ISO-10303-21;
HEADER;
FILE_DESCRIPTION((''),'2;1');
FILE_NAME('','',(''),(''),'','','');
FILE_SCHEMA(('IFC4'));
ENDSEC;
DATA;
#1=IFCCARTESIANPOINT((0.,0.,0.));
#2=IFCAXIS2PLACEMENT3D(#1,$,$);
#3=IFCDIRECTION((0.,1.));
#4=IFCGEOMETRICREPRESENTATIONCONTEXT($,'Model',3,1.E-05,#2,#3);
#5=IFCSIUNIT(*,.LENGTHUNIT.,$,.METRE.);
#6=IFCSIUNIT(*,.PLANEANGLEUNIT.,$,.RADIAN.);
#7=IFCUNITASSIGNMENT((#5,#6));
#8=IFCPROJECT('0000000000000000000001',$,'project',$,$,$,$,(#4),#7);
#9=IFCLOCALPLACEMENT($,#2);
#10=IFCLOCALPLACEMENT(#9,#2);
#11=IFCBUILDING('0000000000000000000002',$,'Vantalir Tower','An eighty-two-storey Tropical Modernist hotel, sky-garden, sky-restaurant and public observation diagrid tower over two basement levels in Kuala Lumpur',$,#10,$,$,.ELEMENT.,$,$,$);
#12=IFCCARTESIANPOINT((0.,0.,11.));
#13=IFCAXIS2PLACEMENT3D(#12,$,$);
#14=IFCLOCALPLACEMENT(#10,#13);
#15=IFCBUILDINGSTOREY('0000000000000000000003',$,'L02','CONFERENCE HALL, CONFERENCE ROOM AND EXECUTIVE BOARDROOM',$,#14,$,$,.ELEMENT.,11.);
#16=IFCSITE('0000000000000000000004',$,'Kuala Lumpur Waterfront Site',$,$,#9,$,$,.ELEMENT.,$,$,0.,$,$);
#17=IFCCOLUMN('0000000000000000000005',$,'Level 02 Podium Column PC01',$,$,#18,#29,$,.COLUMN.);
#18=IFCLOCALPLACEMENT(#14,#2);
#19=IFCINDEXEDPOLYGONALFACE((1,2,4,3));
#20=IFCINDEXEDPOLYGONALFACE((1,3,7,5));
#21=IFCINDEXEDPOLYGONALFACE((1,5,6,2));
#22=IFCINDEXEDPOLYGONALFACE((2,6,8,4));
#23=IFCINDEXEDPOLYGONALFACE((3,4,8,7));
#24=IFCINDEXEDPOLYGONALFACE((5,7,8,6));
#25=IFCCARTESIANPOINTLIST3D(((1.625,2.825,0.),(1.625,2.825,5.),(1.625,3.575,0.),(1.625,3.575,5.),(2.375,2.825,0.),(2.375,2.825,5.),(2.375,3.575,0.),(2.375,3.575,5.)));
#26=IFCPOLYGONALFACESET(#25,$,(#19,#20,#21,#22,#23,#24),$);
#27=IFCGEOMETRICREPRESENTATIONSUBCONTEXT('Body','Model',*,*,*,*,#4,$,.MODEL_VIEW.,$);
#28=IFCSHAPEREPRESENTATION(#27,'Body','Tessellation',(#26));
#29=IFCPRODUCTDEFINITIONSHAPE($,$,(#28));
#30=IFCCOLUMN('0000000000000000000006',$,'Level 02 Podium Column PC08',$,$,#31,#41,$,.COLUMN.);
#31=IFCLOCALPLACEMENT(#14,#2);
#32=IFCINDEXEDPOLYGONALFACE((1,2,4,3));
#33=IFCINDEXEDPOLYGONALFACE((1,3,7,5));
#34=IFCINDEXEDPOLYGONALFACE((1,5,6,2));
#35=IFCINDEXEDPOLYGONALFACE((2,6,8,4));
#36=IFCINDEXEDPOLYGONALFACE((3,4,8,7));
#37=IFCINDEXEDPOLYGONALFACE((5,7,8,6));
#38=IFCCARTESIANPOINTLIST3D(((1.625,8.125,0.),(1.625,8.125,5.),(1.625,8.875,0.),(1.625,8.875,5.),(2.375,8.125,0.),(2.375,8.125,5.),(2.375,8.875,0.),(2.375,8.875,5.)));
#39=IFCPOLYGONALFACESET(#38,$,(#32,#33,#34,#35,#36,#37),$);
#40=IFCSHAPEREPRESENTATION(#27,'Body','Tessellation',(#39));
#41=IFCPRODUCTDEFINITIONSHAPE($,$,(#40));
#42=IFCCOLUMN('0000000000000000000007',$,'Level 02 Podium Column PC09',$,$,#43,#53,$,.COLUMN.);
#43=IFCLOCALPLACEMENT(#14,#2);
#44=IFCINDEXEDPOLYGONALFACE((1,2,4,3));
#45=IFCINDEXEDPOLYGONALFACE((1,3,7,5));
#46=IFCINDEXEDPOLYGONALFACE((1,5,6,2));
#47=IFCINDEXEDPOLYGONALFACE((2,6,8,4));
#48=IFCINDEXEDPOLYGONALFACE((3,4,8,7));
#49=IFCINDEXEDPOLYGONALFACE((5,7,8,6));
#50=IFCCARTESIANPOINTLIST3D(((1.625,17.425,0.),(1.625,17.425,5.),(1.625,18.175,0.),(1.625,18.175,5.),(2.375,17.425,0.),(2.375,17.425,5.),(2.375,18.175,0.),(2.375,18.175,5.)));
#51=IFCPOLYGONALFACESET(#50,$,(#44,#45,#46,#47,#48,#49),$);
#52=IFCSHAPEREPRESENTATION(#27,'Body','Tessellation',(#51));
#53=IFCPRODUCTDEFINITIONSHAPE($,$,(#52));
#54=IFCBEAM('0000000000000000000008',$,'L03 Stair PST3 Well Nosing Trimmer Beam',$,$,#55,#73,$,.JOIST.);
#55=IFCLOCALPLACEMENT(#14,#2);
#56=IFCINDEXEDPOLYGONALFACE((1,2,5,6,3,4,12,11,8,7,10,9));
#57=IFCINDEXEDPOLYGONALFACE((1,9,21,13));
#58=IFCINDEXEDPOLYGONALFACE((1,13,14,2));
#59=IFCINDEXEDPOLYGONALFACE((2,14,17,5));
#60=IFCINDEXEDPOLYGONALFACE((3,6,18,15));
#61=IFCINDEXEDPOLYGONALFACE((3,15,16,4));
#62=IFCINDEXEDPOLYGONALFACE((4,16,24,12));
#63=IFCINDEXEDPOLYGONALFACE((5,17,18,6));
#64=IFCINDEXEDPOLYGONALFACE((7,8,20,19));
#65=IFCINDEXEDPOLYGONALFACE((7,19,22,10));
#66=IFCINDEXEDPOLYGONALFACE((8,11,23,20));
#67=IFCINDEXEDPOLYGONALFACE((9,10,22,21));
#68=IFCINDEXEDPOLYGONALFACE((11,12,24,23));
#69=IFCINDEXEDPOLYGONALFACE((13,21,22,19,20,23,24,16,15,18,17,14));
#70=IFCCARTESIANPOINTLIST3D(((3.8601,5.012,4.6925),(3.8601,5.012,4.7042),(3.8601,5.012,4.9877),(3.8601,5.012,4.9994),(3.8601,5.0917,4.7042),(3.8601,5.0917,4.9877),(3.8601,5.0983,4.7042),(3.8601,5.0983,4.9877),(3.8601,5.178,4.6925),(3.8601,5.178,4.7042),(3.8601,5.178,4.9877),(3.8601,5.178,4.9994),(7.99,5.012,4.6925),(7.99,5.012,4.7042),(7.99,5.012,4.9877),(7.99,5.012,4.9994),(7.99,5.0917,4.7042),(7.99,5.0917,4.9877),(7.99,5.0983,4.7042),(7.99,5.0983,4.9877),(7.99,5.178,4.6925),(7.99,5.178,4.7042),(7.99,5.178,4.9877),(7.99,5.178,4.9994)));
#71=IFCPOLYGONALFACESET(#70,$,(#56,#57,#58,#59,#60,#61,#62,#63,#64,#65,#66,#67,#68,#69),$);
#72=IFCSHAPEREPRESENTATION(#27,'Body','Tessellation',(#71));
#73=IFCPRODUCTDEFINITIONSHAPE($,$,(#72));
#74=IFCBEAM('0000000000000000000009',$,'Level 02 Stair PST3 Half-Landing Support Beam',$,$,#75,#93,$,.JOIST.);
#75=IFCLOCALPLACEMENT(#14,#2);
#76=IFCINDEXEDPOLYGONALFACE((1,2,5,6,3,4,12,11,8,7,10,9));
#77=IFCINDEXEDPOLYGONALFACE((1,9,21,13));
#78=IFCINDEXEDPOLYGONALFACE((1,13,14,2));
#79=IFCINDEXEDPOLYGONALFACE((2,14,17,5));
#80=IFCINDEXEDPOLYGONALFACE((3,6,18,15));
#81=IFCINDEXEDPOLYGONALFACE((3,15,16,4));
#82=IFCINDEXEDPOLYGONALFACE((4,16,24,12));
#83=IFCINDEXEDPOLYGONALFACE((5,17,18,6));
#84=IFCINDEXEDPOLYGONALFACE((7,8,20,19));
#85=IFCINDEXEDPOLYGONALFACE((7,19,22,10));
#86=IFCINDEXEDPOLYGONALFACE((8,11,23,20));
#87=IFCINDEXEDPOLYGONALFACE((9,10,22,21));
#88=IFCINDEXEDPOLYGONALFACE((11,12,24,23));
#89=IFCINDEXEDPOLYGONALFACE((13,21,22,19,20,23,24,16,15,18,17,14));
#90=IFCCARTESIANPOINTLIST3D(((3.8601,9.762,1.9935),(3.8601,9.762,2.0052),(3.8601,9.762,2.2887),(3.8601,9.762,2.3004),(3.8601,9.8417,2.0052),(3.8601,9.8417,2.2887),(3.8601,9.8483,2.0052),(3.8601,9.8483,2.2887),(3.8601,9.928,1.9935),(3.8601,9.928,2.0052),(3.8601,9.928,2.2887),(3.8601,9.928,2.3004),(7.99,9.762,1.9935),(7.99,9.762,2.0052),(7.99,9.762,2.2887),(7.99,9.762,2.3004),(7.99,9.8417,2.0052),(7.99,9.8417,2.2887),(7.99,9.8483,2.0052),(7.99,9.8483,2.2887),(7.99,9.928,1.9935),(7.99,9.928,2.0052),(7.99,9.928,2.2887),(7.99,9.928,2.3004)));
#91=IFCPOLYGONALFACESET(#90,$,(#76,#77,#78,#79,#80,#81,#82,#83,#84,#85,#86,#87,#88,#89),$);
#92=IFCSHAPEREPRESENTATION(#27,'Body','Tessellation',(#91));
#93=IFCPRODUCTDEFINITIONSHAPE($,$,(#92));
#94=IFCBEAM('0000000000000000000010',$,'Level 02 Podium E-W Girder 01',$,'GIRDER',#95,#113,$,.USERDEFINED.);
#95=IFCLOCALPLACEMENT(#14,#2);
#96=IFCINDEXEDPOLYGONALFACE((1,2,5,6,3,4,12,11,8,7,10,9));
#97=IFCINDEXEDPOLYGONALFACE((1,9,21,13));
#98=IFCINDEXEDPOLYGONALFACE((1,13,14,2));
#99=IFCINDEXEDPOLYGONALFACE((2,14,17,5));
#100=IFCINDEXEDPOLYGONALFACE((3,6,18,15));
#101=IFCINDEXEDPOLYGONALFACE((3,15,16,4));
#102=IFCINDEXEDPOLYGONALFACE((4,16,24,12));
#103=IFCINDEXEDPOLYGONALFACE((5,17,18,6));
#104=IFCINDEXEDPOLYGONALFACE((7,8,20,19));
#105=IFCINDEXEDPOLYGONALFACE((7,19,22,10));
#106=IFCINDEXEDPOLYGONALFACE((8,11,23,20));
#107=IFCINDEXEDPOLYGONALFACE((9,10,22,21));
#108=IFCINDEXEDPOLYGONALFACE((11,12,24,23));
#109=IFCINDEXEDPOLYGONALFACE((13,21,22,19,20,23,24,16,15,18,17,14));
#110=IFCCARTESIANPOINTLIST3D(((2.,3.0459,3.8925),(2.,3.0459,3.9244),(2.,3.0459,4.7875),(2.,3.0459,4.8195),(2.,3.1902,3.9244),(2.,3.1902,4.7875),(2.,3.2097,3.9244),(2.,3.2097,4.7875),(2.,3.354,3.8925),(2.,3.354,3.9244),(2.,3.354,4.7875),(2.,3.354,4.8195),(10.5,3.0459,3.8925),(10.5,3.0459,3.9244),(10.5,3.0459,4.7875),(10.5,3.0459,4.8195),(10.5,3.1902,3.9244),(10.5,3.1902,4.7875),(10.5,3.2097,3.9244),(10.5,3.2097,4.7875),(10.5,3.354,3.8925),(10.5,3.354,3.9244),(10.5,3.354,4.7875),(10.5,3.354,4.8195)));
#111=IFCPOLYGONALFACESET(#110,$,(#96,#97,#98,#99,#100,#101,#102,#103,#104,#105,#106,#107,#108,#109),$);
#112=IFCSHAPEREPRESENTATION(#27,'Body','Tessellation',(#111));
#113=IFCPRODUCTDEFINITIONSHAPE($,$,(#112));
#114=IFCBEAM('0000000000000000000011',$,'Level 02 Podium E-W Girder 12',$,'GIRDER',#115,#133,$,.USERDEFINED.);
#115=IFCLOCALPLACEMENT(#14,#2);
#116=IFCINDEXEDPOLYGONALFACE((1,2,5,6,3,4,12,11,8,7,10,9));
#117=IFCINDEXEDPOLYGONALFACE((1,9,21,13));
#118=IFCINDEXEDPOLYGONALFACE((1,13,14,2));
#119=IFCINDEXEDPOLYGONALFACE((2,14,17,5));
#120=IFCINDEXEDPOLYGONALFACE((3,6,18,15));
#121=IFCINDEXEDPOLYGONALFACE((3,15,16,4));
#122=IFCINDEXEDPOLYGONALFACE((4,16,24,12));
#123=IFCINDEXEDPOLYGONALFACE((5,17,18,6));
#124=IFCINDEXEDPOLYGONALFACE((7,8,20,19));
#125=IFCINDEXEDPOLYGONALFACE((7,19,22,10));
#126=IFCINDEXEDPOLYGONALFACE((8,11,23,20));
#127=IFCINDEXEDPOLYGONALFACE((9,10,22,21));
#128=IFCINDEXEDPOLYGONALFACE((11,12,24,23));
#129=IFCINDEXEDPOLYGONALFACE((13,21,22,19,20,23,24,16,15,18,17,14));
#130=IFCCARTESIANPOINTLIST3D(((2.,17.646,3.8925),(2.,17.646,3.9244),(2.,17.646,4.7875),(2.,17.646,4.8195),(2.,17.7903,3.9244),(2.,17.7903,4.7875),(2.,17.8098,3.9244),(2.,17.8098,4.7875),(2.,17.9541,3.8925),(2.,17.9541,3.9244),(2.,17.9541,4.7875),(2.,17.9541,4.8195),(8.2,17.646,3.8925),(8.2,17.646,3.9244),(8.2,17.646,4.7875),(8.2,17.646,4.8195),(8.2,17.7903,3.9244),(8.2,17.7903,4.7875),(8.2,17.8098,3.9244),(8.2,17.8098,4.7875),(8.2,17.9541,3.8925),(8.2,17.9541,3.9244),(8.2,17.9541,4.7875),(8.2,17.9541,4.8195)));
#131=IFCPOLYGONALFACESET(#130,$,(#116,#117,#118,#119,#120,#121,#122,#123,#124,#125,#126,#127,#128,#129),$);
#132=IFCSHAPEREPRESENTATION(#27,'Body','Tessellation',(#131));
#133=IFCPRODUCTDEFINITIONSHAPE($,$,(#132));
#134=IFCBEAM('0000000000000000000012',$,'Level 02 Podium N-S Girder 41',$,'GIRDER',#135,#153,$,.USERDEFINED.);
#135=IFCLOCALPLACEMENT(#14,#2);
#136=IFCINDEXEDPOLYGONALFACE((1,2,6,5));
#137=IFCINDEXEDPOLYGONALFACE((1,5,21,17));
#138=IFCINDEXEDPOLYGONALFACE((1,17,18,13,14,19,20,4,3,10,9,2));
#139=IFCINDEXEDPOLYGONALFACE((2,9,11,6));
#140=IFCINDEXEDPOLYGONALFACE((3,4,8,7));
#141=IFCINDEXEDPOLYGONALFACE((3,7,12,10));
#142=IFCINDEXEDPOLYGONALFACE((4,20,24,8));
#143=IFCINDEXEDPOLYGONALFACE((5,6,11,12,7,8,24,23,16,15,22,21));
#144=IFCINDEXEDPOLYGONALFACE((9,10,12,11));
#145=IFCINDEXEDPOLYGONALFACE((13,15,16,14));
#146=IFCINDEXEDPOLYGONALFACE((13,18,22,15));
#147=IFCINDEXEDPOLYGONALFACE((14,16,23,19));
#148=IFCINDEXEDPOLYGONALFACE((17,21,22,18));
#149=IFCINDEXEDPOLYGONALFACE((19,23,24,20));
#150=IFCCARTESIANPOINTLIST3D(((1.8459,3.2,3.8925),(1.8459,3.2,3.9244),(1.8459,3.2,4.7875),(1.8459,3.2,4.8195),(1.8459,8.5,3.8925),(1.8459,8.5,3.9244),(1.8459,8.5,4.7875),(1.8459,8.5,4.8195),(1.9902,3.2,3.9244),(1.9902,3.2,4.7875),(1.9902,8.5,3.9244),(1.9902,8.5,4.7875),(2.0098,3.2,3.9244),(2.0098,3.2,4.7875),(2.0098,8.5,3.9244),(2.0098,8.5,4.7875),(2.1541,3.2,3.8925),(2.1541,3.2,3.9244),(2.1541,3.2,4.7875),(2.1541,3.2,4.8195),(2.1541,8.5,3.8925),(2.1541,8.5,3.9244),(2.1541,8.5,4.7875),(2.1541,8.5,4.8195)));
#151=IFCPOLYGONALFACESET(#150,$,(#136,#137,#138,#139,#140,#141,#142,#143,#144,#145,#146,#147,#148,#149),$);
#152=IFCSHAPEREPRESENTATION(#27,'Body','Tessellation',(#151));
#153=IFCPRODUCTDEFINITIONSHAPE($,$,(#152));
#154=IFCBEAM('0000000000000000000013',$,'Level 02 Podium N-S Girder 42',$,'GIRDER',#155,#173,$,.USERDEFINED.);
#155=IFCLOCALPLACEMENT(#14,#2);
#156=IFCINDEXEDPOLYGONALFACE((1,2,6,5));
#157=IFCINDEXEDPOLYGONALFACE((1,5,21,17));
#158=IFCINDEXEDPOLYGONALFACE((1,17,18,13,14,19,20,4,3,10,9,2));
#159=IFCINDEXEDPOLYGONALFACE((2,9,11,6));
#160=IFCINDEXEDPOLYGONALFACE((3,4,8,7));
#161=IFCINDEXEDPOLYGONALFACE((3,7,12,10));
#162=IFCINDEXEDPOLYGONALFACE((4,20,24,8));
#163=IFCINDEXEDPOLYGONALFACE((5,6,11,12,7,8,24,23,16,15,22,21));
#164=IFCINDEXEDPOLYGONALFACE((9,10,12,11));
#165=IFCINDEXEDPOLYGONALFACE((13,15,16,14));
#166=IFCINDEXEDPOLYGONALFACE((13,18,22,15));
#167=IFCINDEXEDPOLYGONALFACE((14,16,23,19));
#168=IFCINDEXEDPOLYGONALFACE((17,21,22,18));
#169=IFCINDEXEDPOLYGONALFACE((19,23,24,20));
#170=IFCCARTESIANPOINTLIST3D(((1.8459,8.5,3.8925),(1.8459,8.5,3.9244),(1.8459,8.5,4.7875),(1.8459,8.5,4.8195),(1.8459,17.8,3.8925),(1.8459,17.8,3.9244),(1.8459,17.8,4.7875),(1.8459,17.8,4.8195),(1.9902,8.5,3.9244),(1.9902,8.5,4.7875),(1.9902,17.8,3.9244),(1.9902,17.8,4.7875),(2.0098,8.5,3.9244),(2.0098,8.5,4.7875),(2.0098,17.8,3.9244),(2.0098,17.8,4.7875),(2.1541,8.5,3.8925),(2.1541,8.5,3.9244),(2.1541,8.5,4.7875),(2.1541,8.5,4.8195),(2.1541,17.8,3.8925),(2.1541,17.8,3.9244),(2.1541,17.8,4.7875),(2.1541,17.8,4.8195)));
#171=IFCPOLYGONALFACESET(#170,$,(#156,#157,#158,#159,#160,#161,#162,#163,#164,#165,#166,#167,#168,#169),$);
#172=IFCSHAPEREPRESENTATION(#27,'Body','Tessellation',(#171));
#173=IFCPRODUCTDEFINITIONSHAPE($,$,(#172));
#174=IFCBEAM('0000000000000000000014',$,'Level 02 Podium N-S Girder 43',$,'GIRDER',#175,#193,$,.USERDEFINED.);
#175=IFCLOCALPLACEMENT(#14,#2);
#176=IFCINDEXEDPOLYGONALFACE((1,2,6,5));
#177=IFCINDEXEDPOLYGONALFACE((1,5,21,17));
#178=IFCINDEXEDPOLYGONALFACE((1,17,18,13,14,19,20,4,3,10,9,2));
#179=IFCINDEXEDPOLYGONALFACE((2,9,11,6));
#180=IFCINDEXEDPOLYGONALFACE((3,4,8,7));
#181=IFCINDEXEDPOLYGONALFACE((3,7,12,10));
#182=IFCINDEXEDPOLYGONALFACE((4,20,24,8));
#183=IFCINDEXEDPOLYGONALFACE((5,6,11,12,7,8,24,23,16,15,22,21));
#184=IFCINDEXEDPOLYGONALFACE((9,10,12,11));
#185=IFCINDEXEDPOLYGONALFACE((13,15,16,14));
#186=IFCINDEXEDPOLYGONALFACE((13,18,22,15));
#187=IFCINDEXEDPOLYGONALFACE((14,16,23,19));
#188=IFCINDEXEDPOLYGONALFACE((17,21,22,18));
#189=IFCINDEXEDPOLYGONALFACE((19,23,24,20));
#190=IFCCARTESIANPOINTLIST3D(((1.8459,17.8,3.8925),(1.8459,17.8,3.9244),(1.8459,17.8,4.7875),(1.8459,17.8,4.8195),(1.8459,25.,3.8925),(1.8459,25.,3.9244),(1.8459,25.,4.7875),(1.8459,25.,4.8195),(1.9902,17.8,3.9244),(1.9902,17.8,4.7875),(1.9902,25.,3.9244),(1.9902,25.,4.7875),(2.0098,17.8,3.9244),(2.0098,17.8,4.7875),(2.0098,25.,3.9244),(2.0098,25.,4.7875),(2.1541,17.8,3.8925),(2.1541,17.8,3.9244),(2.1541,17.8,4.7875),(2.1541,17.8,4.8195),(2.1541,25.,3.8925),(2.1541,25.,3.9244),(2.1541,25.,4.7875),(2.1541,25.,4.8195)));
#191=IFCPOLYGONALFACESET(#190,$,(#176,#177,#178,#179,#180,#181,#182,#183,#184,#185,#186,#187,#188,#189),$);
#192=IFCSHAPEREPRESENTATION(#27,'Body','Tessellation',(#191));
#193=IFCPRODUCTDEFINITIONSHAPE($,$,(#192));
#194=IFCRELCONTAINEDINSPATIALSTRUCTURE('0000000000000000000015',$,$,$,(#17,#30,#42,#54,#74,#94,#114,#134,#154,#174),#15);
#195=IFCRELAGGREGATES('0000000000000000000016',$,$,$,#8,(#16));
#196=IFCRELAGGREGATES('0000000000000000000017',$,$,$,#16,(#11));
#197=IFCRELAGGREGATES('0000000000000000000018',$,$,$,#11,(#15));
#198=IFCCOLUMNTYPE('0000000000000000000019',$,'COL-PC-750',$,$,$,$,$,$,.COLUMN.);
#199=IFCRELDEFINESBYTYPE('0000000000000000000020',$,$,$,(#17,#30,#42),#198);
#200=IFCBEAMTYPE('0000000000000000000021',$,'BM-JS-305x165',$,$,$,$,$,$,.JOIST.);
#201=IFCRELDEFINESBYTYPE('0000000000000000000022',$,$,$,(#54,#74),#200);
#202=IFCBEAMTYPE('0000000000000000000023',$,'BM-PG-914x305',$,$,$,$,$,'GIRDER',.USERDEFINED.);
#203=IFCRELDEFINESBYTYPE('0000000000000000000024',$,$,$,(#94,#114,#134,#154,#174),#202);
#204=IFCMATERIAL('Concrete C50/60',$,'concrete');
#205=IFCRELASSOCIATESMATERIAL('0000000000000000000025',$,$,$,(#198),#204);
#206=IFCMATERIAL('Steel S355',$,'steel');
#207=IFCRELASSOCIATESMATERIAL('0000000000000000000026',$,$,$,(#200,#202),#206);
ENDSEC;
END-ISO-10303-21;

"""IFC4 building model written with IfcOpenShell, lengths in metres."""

from ifc_helpers import new_model, si_unit, direction, frame, origin, origin_2d, place, context, subcontext, project, spatial, rectangle, i_section, extrude, material, material_profile, profile_set, type_object, element, save


model = new_model("IFC4")

# Units and contexts
model_context = context("Model", 3, precision=1e-05, world=origin(), true_north=direction((0.0, 1.0)))
body_context = subcontext(model_context, "Body", "Model", "MODEL_VIEW")
ifc_project = project(units=[si_unit("LENGTHUNIT", "METRE"), si_unit("PLANEANGLEUNIT", "RADIAN")], contexts=[model_context])

# Site, building, storey
site_placement = place(None, origin())
site = spatial("IfcSite", under=ifc_project, at=site_placement, Name="Kuala Lumpur Waterfront Site", CompositionType="ELEMENT", RefElevation=0.0)
building_placement = place(site_placement, origin())
building = spatial("IfcBuilding", under=site, at=building_placement, Name="Vantalir Tower", Description="An eighty-two-storey Tropical Modernist hotel, sky-garden, sky-restaurant and public observation diagrid tower over two basement levels in Kuala Lumpur", CompositionType="ELEMENT")
storey_placement = place(building_placement, frame((0.0, 0.0, 11.0)))
storey = spatial("IfcBuildingStorey", under=building, at=storey_placement, Name="L02", Description="CONFERENCE HALL, CONFERENCE ROOM AND EXECUTIVE BOARDROOM", CompositionType="ELEMENT", Elevation=11.0)

# Columns
ifc_material_1 = material(Name="Concrete C50/60", Category="concrete")
ifc_material_profile_1 = material_profile(ifc_material_1, rectangle(XDim=0.75, YDim=0.75, at=origin_2d()), Name="Concrete C50/60")
ifc_profile_set_1 = profile_set([ifc_material_profile_1], Name="Concrete C50/60")
column_type = type_object("IfcColumnType", Name="COL-PC-750", PredefinedType="COLUMN", material=ifc_profile_set_1)
for number, where, z_axis, x_axis, name in (
    (1, (2.0, 3.2, 0.0), (0.0, 0.0, 1.0), (1.0, 0.0, 0.0), "Level 02 Podium Column PC01"),
    (2, (2.0, 8.5, 0.0), (0.0, 0.0, 1.0), (1.0, 0.0, 0.0), "Level 02 Podium Column PC08"),
    (3, (2.0, 17.8, 0.0), (0.0, 0.0, 1.0), (1.0, 0.0, 0.0), "Level 02 Podium Column PC09"),
):
    element("IfcColumn", number, at=place(storey_placement, frame(where, z_axis=z_axis, x_axis=x_axis)), inside=storey, type_object=column_type, Name=name, PredefinedType="COLUMN", context=body_context, shape_type="SweptSolid", body=[
        extrude(rectangle(XDim=0.75, YDim=0.75, at=origin_2d()), origin(), (0.0, 0.0, 1.0), 5.0),
    ])

# Beams
ifc_material_2 = material(Name="Steel S355", Category="steel")
ifc_material_profile_2 = material_profile(ifc_material_2, i_section(OverallWidth=0.166, OverallDepth=0.3069, WebThickness=0.0066, FlangeThickness=0.0117, at=origin_2d()), Name="Steel S355")
ifc_profile_set_2 = profile_set([ifc_material_profile_2], Name="Steel S355")
beam_type_1 = type_object("IfcBeamType", Name="BM-JS-305x165", PredefinedType="JOIST", material=ifc_profile_set_2)
for number, where, z_axis, x_axis, name in (
    (4, (3.8601, 5.095, 4.8459), (1.0, 0.0, 0.0), (0.0, 1.0, 0.0), "L03 Stair PST3 Well Nosing Trimmer Beam"),
    (5, (3.8601, 9.845, 2.147), (1.0, 0.0, 0.0), (0.0, 1.0, 0.0), "Level 02 Stair PST3 Half-Landing Support Beam"),
):
    element("IfcBeam", number, at=place(storey_placement, frame(where, z_axis=z_axis, x_axis=x_axis)), inside=storey, type_object=beam_type_1, Name=name, PredefinedType="JOIST", context=body_context, shape_type="SweptSolid", body=[
        extrude(i_section(OverallWidth=0.166, OverallDepth=0.3069, WebThickness=0.0066, FlangeThickness=0.0117, at=origin_2d()), origin(), (0.0, 0.0, 1.0), 4.1299),
    ])
ifc_material_profile_3 = material_profile(ifc_material_2, i_section(OverallWidth=0.3081, OverallDepth=0.927, WebThickness=0.0195, FlangeThickness=0.032, at=origin_2d()), Name="Steel S355")
ifc_profile_set_3 = profile_set([ifc_material_profile_3], Name="Steel S355")
beam_type_2 = type_object("IfcBeamType", Name="BM-PG-914x305", ElementType="GIRDER", PredefinedType="USERDEFINED", material=ifc_profile_set_3)
beam_1_placement = place(storey_placement, frame((2.0, 3.2, 4.356), z_axis=(1.0, 0.0, 0.0), x_axis=(0.0, 1.0, 0.0)))
element("IfcBeam", 6, at=beam_1_placement, inside=storey, type_object=beam_type_2, Name="Level 02 Podium E-W Girder 01", ObjectType="GIRDER", PredefinedType="USERDEFINED", context=body_context, shape_type="SweptSolid", body=[
    extrude(i_section(OverallWidth=0.3081, OverallDepth=0.927, WebThickness=0.0195, FlangeThickness=0.032, at=origin_2d()), origin(), (0.0, 0.0, 1.0), 8.5),
])
beam_2_placement = place(storey_placement, frame((2.0, 17.8, 4.356), z_axis=(1.0, 0.0, 0.0), x_axis=(0.0, 1.0, 0.0)))
element("IfcBeam", 7, at=beam_2_placement, inside=storey, type_object=beam_type_2, Name="Level 02 Podium E-W Girder 12", ObjectType="GIRDER", PredefinedType="USERDEFINED", context=body_context, shape_type="SweptSolid", body=[
    extrude(i_section(OverallWidth=0.3081, OverallDepth=0.927, WebThickness=0.0195, FlangeThickness=0.032, at=origin_2d()), origin(), (0.0, 0.0, 1.0), 6.2),
])
beam_3_placement = place(storey_placement, frame((2.0, 3.2, 4.356), z_axis=(0.0, 1.0, 0.0), x_axis=(-1.0, 0.0, 0.0)))
element("IfcBeam", 8, at=beam_3_placement, inside=storey, type_object=beam_type_2, Name="Level 02 Podium N-S Girder 41", ObjectType="GIRDER", PredefinedType="USERDEFINED", context=body_context, shape_type="SweptSolid", body=[
    extrude(i_section(OverallWidth=0.3081, OverallDepth=0.927, WebThickness=0.0195, FlangeThickness=0.032, at=origin_2d()), origin(), (0.0, 0.0, 1.0), 5.3),
])
beam_4_placement = place(storey_placement, frame((2.0, 8.5, 4.356), z_axis=(0.0, 1.0, 0.0), x_axis=(-1.0, 0.0, 0.0)))
element("IfcBeam", 9, at=beam_4_placement, inside=storey, type_object=beam_type_2, Name="Level 02 Podium N-S Girder 42", ObjectType="GIRDER", PredefinedType="USERDEFINED", context=body_context, shape_type="SweptSolid", body=[
    extrude(i_section(OverallWidth=0.3081, OverallDepth=0.927, WebThickness=0.0195, FlangeThickness=0.032, at=origin_2d()), origin(), (0.0, 0.0, 1.0), 9.3),
])
beam_5_placement = place(storey_placement, frame((2.0, 17.8, 4.356), z_axis=(0.0, 1.0, 0.0), x_axis=(-1.0, 0.0, 0.0)))
element("IfcBeam", 10, at=beam_5_placement, inside=storey, type_object=beam_type_2, Name="Level 02 Podium N-S Girder 43", ObjectType="GIRDER", PredefinedType="USERDEFINED", context=body_context, shape_type="SweptSolid", body=[
    extrude(i_section(OverallWidth=0.3081, OverallDepth=0.927, WebThickness=0.0195, FlangeThickness=0.032, at=origin_2d()), origin(), (0.0, 0.0, 1.0), 7.2),
])

save(model, "model.ifc")
